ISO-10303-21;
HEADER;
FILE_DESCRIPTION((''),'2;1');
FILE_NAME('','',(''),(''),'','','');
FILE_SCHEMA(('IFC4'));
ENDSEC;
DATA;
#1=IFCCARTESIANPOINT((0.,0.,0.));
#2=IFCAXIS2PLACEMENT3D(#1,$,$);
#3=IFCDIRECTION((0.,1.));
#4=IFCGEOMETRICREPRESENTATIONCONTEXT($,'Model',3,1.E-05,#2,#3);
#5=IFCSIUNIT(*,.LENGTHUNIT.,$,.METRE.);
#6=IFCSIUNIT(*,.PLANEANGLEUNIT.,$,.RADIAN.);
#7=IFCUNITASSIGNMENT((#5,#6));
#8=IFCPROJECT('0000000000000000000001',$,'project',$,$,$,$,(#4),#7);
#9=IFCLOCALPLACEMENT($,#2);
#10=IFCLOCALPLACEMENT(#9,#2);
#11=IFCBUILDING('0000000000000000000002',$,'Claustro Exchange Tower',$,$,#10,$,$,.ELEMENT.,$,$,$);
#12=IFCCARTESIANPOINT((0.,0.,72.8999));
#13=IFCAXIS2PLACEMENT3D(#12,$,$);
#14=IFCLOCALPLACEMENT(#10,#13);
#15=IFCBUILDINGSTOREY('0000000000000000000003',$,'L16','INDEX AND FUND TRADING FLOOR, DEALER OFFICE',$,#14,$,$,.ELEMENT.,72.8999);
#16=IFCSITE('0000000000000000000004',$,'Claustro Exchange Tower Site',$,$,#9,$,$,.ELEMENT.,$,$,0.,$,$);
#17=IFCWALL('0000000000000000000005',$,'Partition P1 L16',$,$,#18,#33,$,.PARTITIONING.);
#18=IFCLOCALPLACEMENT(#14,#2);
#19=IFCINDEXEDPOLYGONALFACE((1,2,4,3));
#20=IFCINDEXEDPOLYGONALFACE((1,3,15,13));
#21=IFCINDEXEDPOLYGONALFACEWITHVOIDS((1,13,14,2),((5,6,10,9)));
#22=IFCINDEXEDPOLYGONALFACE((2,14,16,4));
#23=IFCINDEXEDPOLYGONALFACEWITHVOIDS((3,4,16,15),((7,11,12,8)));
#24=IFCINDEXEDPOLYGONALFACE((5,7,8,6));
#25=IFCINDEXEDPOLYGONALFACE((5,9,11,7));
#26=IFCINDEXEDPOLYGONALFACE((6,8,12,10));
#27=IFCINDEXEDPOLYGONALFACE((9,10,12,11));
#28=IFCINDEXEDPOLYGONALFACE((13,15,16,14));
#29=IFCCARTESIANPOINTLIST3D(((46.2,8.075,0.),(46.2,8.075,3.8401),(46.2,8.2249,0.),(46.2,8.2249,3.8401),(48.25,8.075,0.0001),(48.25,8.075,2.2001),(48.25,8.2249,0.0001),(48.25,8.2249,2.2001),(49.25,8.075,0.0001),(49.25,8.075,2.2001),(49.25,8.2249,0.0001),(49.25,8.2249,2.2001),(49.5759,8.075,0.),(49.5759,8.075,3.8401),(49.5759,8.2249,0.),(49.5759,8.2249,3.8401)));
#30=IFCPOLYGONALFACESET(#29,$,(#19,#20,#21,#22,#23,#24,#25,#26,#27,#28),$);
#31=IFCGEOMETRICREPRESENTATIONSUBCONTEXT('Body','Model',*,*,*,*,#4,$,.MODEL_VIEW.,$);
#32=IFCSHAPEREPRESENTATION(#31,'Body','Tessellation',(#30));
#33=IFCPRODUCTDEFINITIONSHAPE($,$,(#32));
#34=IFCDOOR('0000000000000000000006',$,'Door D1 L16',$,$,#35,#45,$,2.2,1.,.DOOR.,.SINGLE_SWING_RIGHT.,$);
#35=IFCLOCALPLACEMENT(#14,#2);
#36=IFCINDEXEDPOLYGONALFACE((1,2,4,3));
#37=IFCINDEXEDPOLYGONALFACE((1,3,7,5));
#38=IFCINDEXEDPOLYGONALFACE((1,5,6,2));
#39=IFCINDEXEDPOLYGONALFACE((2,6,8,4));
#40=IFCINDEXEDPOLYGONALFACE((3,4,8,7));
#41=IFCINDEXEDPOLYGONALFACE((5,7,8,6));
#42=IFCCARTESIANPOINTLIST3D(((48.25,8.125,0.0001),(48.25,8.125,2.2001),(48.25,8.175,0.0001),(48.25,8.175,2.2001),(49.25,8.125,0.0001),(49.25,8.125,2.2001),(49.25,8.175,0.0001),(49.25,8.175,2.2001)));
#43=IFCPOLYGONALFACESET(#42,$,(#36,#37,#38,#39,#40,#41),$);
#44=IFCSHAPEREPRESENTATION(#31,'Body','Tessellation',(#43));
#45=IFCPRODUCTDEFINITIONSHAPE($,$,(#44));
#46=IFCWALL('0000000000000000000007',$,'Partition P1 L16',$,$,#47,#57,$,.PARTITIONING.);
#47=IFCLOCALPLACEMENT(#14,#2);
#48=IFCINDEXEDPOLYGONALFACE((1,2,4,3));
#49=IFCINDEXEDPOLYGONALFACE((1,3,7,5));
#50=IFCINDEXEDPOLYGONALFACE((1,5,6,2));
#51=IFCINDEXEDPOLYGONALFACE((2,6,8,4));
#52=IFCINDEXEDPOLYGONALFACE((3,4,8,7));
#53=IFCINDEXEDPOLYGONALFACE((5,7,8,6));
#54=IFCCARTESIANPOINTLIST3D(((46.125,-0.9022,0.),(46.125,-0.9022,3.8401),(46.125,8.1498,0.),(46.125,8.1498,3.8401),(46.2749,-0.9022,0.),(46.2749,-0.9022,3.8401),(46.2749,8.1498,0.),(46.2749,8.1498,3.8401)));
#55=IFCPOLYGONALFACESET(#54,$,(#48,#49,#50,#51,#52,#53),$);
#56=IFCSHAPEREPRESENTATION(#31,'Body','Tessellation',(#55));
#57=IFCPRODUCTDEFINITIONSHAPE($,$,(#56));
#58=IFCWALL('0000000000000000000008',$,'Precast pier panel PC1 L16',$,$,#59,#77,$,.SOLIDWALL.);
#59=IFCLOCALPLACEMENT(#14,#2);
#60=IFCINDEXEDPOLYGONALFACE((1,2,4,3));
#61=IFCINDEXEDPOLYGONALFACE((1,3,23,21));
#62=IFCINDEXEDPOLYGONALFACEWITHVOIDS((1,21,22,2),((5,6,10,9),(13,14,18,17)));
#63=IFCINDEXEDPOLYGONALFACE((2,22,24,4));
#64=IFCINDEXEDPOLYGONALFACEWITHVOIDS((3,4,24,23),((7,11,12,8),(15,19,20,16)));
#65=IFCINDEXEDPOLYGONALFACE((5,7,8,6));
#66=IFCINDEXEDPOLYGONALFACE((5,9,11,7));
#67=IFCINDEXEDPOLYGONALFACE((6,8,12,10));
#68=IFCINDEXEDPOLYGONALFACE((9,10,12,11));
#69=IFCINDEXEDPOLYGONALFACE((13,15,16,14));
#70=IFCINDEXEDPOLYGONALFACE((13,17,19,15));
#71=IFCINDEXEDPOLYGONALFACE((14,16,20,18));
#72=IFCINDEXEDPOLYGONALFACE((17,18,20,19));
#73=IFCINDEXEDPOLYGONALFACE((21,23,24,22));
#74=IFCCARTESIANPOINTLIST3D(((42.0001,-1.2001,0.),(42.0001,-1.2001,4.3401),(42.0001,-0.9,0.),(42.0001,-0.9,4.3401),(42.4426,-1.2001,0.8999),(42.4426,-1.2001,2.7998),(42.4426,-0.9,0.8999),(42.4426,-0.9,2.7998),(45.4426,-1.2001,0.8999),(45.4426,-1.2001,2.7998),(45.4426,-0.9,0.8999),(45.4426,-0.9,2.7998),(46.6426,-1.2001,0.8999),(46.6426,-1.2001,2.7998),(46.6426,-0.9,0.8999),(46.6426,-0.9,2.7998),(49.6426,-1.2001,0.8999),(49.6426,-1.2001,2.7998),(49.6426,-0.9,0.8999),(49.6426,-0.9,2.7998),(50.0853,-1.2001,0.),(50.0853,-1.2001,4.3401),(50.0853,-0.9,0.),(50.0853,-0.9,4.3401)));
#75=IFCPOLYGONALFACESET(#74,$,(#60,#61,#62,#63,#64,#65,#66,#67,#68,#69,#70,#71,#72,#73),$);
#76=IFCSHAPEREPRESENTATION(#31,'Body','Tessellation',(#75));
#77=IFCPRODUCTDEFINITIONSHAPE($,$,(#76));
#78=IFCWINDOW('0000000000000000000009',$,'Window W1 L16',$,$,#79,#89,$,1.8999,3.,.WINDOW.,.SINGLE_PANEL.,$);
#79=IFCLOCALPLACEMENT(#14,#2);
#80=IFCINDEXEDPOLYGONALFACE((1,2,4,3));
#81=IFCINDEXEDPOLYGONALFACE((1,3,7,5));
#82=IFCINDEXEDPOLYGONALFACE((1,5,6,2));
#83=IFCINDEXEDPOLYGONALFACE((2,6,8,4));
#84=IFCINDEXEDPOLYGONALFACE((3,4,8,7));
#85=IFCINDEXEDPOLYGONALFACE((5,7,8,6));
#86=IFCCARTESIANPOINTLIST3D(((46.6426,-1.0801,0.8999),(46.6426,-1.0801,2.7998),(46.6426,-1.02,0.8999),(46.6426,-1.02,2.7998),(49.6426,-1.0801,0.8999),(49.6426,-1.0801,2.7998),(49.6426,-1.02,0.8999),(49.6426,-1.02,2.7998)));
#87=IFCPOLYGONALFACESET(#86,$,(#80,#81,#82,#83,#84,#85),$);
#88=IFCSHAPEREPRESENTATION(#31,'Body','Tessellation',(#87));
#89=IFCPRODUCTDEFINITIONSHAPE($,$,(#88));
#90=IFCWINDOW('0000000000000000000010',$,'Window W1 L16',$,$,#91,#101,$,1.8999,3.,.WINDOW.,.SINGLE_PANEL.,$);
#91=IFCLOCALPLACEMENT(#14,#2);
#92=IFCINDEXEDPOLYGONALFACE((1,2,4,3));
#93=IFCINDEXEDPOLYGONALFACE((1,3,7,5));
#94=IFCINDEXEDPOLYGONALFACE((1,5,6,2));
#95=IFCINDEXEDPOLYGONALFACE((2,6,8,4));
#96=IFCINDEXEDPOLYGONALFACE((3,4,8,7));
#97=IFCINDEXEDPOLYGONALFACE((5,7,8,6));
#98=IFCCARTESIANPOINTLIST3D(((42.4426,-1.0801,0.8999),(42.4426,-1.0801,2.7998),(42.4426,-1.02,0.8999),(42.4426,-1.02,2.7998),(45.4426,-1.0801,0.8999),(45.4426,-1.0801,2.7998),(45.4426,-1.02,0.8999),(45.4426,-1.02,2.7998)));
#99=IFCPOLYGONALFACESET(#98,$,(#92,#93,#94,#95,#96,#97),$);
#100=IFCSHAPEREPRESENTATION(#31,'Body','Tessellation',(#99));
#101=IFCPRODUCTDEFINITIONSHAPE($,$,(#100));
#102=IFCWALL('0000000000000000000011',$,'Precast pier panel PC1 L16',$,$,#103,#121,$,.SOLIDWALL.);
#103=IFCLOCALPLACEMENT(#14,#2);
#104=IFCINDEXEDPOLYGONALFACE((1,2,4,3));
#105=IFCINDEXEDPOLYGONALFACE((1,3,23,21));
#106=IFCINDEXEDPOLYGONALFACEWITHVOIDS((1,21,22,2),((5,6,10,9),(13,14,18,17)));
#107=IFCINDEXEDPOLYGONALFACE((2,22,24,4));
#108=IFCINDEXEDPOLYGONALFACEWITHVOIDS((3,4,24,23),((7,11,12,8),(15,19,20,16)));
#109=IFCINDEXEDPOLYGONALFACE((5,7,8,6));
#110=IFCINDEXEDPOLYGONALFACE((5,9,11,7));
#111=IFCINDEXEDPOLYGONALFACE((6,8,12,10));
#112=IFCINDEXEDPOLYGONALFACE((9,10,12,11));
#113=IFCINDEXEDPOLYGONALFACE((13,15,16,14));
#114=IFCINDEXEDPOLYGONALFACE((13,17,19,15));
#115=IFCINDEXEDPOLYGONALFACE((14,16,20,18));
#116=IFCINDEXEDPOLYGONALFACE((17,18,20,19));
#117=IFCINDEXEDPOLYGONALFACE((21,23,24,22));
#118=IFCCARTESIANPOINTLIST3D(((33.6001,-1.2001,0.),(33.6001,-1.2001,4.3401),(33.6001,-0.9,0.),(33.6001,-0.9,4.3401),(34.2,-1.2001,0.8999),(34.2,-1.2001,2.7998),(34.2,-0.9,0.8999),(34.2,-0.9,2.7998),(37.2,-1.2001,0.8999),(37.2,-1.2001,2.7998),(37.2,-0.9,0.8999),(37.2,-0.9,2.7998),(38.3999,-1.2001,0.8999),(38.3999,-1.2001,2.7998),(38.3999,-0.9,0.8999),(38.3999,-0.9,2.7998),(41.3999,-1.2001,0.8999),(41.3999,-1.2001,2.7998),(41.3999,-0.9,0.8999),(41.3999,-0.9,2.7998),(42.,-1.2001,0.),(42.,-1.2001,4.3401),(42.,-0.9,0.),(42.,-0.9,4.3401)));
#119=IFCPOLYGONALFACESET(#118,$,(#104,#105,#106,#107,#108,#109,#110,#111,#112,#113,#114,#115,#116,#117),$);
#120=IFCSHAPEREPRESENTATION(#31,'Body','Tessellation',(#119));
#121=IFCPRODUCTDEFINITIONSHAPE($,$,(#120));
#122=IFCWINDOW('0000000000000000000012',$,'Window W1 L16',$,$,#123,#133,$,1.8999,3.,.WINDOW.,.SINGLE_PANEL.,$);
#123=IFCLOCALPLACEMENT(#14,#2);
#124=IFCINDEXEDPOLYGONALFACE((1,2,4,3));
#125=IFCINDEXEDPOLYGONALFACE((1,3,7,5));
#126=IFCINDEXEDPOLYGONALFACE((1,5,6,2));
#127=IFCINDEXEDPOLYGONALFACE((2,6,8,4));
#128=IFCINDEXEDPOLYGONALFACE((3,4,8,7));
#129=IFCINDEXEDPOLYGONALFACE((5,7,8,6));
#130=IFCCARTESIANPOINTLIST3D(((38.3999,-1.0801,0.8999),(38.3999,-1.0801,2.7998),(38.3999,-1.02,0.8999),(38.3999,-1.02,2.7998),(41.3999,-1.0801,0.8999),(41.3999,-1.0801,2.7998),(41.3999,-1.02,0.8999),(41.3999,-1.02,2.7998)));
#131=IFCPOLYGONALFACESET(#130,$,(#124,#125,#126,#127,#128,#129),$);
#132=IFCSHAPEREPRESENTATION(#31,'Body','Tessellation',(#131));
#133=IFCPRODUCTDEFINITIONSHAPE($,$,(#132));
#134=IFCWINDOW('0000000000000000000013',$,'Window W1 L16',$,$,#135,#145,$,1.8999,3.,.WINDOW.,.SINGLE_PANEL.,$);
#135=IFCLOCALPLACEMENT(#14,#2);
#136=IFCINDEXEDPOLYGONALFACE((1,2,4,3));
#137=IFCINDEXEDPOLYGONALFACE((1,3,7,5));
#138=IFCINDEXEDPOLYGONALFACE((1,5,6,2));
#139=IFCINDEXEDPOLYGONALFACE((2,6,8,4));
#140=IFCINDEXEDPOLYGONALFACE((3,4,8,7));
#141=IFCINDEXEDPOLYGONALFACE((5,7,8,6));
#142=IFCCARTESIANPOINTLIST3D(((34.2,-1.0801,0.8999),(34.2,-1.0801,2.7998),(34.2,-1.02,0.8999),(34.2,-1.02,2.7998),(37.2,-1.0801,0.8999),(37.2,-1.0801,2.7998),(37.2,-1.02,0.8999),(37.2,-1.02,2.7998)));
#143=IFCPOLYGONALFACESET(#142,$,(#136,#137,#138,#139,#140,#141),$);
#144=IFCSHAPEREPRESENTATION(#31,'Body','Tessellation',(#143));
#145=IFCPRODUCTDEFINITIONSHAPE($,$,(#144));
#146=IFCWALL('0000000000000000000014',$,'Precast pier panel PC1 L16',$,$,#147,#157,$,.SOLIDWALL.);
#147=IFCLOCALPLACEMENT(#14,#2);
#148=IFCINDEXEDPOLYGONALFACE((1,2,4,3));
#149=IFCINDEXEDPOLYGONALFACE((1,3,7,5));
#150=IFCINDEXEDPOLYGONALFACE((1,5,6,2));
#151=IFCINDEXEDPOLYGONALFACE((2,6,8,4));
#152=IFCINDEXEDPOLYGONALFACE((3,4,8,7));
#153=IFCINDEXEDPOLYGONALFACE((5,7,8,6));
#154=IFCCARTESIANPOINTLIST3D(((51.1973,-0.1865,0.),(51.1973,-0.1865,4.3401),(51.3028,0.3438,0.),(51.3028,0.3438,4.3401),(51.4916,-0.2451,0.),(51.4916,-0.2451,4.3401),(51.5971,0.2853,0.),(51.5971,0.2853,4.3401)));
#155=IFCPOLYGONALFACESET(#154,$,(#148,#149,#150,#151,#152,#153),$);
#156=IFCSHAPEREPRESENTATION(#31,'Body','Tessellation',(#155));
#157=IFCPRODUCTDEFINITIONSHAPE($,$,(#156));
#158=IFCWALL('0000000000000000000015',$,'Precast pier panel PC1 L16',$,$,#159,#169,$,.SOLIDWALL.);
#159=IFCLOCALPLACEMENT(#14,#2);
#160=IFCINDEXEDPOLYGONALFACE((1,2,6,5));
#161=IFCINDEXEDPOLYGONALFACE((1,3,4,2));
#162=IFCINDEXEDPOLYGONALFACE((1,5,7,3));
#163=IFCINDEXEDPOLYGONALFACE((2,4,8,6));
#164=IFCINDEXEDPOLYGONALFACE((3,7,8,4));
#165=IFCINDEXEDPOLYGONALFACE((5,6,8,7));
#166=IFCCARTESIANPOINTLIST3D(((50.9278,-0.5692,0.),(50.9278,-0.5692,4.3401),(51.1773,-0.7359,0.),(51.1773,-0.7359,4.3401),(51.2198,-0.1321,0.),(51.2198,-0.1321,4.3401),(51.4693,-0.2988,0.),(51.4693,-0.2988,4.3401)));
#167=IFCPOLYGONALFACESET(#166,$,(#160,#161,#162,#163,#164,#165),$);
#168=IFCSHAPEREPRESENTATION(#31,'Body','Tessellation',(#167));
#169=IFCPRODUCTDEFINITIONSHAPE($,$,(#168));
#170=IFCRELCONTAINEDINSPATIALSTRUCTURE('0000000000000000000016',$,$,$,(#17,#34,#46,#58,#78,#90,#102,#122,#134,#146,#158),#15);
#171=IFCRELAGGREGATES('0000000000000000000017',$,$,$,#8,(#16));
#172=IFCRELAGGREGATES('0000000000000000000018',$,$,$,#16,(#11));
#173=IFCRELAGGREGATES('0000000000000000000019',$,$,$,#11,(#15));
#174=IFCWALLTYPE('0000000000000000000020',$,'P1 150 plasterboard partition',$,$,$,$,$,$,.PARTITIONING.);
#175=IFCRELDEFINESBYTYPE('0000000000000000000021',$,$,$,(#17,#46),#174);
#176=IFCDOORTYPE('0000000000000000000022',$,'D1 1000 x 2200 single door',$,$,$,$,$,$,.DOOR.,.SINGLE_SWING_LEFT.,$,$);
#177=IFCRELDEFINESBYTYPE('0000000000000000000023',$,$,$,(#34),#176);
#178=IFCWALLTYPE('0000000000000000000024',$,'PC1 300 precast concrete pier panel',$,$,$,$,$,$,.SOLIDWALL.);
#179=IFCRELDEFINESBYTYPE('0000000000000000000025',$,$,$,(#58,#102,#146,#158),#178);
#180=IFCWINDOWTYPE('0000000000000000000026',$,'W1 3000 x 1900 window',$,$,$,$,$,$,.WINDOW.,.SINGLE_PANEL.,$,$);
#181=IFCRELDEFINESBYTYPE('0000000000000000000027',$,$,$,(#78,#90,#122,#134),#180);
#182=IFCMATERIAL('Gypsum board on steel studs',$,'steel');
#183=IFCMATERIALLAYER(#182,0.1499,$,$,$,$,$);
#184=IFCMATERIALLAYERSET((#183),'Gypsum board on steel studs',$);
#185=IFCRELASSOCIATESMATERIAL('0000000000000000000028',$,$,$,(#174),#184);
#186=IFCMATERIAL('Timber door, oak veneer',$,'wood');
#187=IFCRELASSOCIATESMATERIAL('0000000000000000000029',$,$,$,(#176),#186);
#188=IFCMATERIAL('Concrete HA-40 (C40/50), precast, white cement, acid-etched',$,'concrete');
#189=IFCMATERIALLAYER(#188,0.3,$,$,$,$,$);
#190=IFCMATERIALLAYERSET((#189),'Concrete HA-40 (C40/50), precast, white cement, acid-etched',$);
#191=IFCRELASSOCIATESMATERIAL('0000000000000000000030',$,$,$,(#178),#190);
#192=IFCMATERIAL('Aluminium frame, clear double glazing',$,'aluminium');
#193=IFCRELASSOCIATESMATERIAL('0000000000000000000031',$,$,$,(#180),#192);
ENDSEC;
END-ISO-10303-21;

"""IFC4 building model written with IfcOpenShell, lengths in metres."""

from ifc_helpers import new_model, si_unit, direction, frame, frame_2d, origin, place, context, subcontext, project, spatial, rectangle, extrude, material, layer, layer_set, type_object, element, fill, save


model = new_model("IFC4")

# Units and contexts
model_context = context("Model", 3, precision=1e-05, world=origin(), true_north=direction((0.0, 1.0)))
body_context = subcontext(model_context, "Body", "Model", "MODEL_VIEW")
ifc_project = project(units=[si_unit("LENGTHUNIT", "METRE"), si_unit("PLANEANGLEUNIT", "RADIAN")], contexts=[model_context])

# Site, building, storey
site_placement = place(None, origin())
site = spatial("IfcSite", under=ifc_project, at=site_placement, Name="Claustro Exchange Tower Site", CompositionType="ELEMENT", RefElevation=0.0)
building_placement = place(site_placement, origin())
building = spatial("IfcBuilding", under=site, at=building_placement, Name="Claustro Exchange Tower", CompositionType="ELEMENT")
storey_placement = place(building_placement, frame((0.0, 0.0, 72.8999)))
storey = spatial("IfcBuildingStorey", under=building, at=storey_placement, Name="L16", Description="INDEX AND FUND TRADING FLOOR, DEALER OFFICE", CompositionType="ELEMENT", Elevation=72.8999)

# Wall, opening, door
ifc_material_1 = material(Name="Gypsum board on steel studs", Category="steel")
ifc_layer_1 = layer(ifc_material_1, 0.1499)
ifc_layer_set_1 = layer_set([ifc_layer_1], Name="Gypsum board on steel studs")
wall_type_1 = type_object("IfcWallType", Name="P1 150 plasterboard partition", PredefinedType="PARTITIONING", material=ifc_layer_set_1)
wall_1_placement = place(storey_placement, frame((46.2, 8.1499, 0.0), z_axis=(0.0, 0.0, 1.0), x_axis=(1.0, 0.0, 0.0)))
wall_1 = element("IfcWall", 1, at=wall_1_placement, inside=storey, type_object=wall_type_1, Name="Partition P1 L16", PredefinedType="PARTITIONING", context=body_context, shape_type="SweptSolid", body=[
    extrude(rectangle(XDim=3.376, YDim=0.1499, at=frame_2d((1.688, 0.0))), origin(), (0.0, 0.0, 1.0), 3.8401),
])
opening_1_placement = place(wall_1_placement, frame((2.05, 0.0, 0.0)))
opening_1 = element("IfcOpeningElement", 2, at=opening_1_placement, cuts=wall_1, PredefinedType="OPENING", context=body_context, shape_type="SweptSolid", body=[
    extrude(rectangle(XDim=1.0, YDim=2.2, at=frame_2d((0.5, 1.1001))), frame((0.0, 0.085, 0.0), z_axis=(0.0, -1.0, 0.0), x_axis=(1.0, 0.0, 0.0)), (0.0, 0.0, 1.0), 0.1699),
])
ifc_material_2 = material(Name="Timber door, oak veneer", Category="wood")
door_type = type_object("IfcDoorType", Name="D1 1000 x 2200 single door", OperationType="SINGLE_SWING_LEFT", PredefinedType="DOOR", material=ifc_material_2)
door_placement = place(opening_1_placement, frame((1.0, 0.0, 0.0), z_axis=(0.0, 0.0, 1.0), x_axis=(-1.0, 0.0, 0.0)))
door = element("IfcDoor", 3, at=door_placement, inside=storey, type_object=door_type, Name="Door D1 L16", OperationType="SINGLE_SWING_RIGHT", OverallHeight=2.2, OverallWidth=1.0, PredefinedType="DOOR", context=body_context, shape_type="SweptSolid", body=[
    extrude(rectangle(XDim=1.0, YDim=2.2, at=frame_2d((0.5, 1.1001))), frame((0.0, 0.0249, 0.0), z_axis=(0.0, -1.0, 0.0), x_axis=(1.0, 0.0, 0.0)), (0.0, 0.0, 1.0), 0.05),
])
fill(opening_1, door)

# Wall
wall_2_placement = place(storey_placement, frame((46.2, -0.9021, 0.0), z_axis=(0.0, 0.0, 1.0), x_axis=(0.0, 1.0, 0.0)))
element("IfcWall", 4, at=wall_2_placement, inside=storey, type_object=wall_type_1, Name="Partition P1 L16", PredefinedType="PARTITIONING", context=body_context, shape_type="SweptSolid", body=[
    extrude(rectangle(XDim=9.052, YDim=0.1499, at=frame_2d((4.5259, 0.0))), origin(), (0.0, 0.0, 1.0), 3.8401),
])

# Walls, openings, windows
ifc_material_3 = material(Name="Concrete HA-40 (C40/50), precast, white cement, acid-etched", Category="concrete")
ifc_layer_2 = layer(ifc_material_3, 0.3)
ifc_layer_set_2 = layer_set([ifc_layer_2], Name="Concrete HA-40 (C40/50), precast, white cement, acid-etched")
wall_type_2 = type_object("IfcWallType", Name="PC1 300 precast concrete pier panel", PredefinedType="SOLIDWALL", material=ifc_layer_set_2)
wall_3_placement = place(storey_placement, frame((50.0852, -1.05, 0.0), z_axis=(0.0, 0.0, 1.0), x_axis=(-1.0, 0.0, 0.0)))
wall_3 = element("IfcWall", 5, at=wall_3_placement, inside=storey, type_object=wall_type_2, Name="Precast pier panel PC1 L16", PredefinedType="SOLIDWALL", context=body_context, shape_type="SweptSolid", body=[
    extrude(rectangle(XDim=8.0852, YDim=0.3, at=frame_2d((4.0425, 0.0))), origin(), (0.0, 0.0, 1.0), 4.3401),
])
opening_2_placement = place(wall_3_placement, frame((0.4426, 0.0, 0.8999)))
opening_2 = element("IfcOpeningElement", 6, at=opening_2_placement, cuts=wall_3, PredefinedType="OPENING", context=body_context, shape_type="SweptSolid", body=[
    extrude(rectangle(XDim=3.0, YDim=1.8999, at=frame_2d((1.5, 0.95))), frame((0.0, 0.1599, 0.0), z_axis=(0.0, -1.0, 0.0), x_axis=(1.0, 0.0, 0.0)), (0.0, 0.0, 1.0), 0.3201),
])
opening_3_placement = place(wall_3_placement, frame((4.6426, 0.0, 0.8999)))
opening_3 = element("IfcOpeningElement", 7, at=opening_3_placement, cuts=wall_3, PredefinedType="OPENING", context=body_context, shape_type="SweptSolid", body=[
    extrude(rectangle(XDim=3.0, YDim=1.8999, at=frame_2d((1.5, 0.95))), frame((0.0, 0.1599, 0.0), z_axis=(0.0, -1.0, 0.0), x_axis=(1.0, 0.0, 0.0)), (0.0, 0.0, 1.0), 0.3201),
])
ifc_material_4 = material(Name="Aluminium frame, clear double glazing", Category="aluminium")
window_type = type_object("IfcWindowType", Name="W1 3000 x 1900 window", PartitioningType="SINGLE_PANEL", PredefinedType="WINDOW", material=ifc_material_4)
window_1_placement = place(opening_2_placement, origin())
window_1 = element("IfcWindow", 8, at=window_1_placement, inside=storey, type_object=window_type, Name="Window W1 L16", OverallHeight=1.8999, OverallWidth=3.0, PartitioningType="SINGLE_PANEL", PredefinedType="WINDOW", context=body_context, shape_type="SweptSolid", body=[
    extrude(rectangle(XDim=3.0, YDim=1.8999, at=frame_2d((1.5, 0.95))), frame((0.0, 0.03, 0.0), z_axis=(0.0, -1.0, 0.0), x_axis=(1.0, 0.0, 0.0)), (0.0, 0.0, 1.0), 0.0601),
])
fill(opening_2, window_1)
window_2_placement = place(opening_3_placement, origin())
window_2 = element("IfcWindow", 9, at=window_2_placement, inside=storey, type_object=window_type, Name="Window W1 L16", OverallHeight=1.8999, OverallWidth=3.0, PartitioningType="SINGLE_PANEL", PredefinedType="WINDOW", context=body_context, shape_type="SweptSolid", body=[
    extrude(rectangle(XDim=3.0, YDim=1.8999, at=frame_2d((1.5, 0.95))), frame((0.0, 0.03, 0.0), z_axis=(0.0, -1.0, 0.0), x_axis=(1.0, 0.0, 0.0)), (0.0, 0.0, 1.0), 0.0601),
])
fill(opening_3, window_2)
wall_4_placement = place(storey_placement, frame((42.0, -1.05, 0.0), z_axis=(0.0, 0.0, 1.0), x_axis=(-1.0, 0.0, 0.0)))
wall_4 = element("IfcWall", 10, at=wall_4_placement, inside=storey, type_object=wall_type_2, Name="Precast pier panel PC1 L16", PredefinedType="SOLIDWALL", context=body_context, shape_type="SweptSolid", body=[
    extrude(rectangle(XDim=8.3999, YDim=0.3, at=frame_2d((4.2, 0.0))), origin(), (0.0, 0.0, 1.0), 4.3401),
])
opening_4_placement = place(wall_4_placement, frame((0.6001, 0.0, 0.8999)))
opening_4 = element("IfcOpeningElement", 11, at=opening_4_placement, cuts=wall_4, PredefinedType="OPENING", context=body_context, shape_type="SweptSolid", body=[
    extrude(rectangle(XDim=3.0, YDim=1.8999, at=frame_2d((1.5, 0.95))), frame((0.0, 0.1599, 0.0), z_axis=(0.0, -1.0, 0.0), x_axis=(1.0, 0.0, 0.0)), (0.0, 0.0, 1.0), 0.3201),
])
opening_5_placement = place(wall_4_placement, frame((4.8, 0.0, 0.8999)))
opening_5 = element("IfcOpeningElement", 12, at=opening_5_placement, cuts=wall_4, PredefinedType="OPENING", context=body_context, shape_type="SweptSolid", body=[
    extrude(rectangle(XDim=3.0, YDim=1.8999, at=frame_2d((1.5, 0.95))), frame((0.0, 0.1599, 0.0), z_axis=(0.0, -1.0, 0.0), x_axis=(1.0, 0.0, 0.0)), (0.0, 0.0, 1.0), 0.3201),
])
window_3_placement = place(opening_4_placement, origin())
window_3 = element("IfcWindow", 13, at=window_3_placement, inside=storey, type_object=window_type, Name="Window W1 L16", OverallHeight=1.8999, OverallWidth=3.0, PartitioningType="SINGLE_PANEL", PredefinedType="WINDOW", context=body_context, shape_type="SweptSolid", body=[
    extrude(rectangle(XDim=3.0, YDim=1.8999, at=frame_2d((1.5, 0.95))), frame((0.0, 0.03, 0.0), z_axis=(0.0, -1.0, 0.0), x_axis=(1.0, 0.0, 0.0)), (0.0, 0.0, 1.0), 0.0601),
])
fill(opening_4, window_3)
window_4_placement = place(opening_5_placement, origin())
window_4 = element("IfcWindow", 14, at=window_4_placement, inside=storey, type_object=window_type, Name="Window W1 L16", OverallHeight=1.8999, OverallWidth=3.0, PartitioningType="SINGLE_PANEL", PredefinedType="WINDOW", context=body_context, shape_type="SweptSolid", body=[
    extrude(rectangle(XDim=3.0, YDim=1.8999, at=frame_2d((1.5, 0.95))), frame((0.0, 0.03, 0.0), z_axis=(0.0, -1.0, 0.0), x_axis=(1.0, 0.0, 0.0)), (0.0, 0.0, 1.0), 0.0601),
])
fill(opening_5, window_4)

# Walls
wall_5_placement = place(storey_placement, frame((51.45, 0.3147, 0.0), z_axis=(0.0, 0.0, 1.0), x_axis=(-0.195074, -0.980789, 0.0)))
element("IfcWall", 15, at=wall_5_placement, inside=storey, type_object=wall_type_2, Name="Precast pier panel PC1 L16", PredefinedType="SOLIDWALL", context=body_context, shape_type="SweptSolid", body=[
    extrude(rectangle(XDim=0.5408, YDim=0.3, at=frame_2d((0.2705, 0.0))), origin(), (0.0, 0.0, 1.0), 4.3401),
])
for number, where, z_axis, x_axis, name in (
    (16, (51.3445, -0.2156, 0.0), (0.0, 0.0, 1.0), (-0.555557, -0.831478, 0.0), "Precast pier panel PC1 L16"),
):
    element("IfcWall", number, at=place(storey_placement, frame(where, z_axis=z_axis, x_axis=x_axis)), inside=storey, type_object=wall_type_2, Name=name, PredefinedType="SOLIDWALL", context=body_context, shape_type="SweptSolid", body=[
        extrude(rectangle(XDim=0.5256, YDim=0.3, at=frame_2d((0.2627, 0.0))), origin(), (0.0, 0.0, 1.0), 4.3401),
    ])

save(model, "model.ifc")
